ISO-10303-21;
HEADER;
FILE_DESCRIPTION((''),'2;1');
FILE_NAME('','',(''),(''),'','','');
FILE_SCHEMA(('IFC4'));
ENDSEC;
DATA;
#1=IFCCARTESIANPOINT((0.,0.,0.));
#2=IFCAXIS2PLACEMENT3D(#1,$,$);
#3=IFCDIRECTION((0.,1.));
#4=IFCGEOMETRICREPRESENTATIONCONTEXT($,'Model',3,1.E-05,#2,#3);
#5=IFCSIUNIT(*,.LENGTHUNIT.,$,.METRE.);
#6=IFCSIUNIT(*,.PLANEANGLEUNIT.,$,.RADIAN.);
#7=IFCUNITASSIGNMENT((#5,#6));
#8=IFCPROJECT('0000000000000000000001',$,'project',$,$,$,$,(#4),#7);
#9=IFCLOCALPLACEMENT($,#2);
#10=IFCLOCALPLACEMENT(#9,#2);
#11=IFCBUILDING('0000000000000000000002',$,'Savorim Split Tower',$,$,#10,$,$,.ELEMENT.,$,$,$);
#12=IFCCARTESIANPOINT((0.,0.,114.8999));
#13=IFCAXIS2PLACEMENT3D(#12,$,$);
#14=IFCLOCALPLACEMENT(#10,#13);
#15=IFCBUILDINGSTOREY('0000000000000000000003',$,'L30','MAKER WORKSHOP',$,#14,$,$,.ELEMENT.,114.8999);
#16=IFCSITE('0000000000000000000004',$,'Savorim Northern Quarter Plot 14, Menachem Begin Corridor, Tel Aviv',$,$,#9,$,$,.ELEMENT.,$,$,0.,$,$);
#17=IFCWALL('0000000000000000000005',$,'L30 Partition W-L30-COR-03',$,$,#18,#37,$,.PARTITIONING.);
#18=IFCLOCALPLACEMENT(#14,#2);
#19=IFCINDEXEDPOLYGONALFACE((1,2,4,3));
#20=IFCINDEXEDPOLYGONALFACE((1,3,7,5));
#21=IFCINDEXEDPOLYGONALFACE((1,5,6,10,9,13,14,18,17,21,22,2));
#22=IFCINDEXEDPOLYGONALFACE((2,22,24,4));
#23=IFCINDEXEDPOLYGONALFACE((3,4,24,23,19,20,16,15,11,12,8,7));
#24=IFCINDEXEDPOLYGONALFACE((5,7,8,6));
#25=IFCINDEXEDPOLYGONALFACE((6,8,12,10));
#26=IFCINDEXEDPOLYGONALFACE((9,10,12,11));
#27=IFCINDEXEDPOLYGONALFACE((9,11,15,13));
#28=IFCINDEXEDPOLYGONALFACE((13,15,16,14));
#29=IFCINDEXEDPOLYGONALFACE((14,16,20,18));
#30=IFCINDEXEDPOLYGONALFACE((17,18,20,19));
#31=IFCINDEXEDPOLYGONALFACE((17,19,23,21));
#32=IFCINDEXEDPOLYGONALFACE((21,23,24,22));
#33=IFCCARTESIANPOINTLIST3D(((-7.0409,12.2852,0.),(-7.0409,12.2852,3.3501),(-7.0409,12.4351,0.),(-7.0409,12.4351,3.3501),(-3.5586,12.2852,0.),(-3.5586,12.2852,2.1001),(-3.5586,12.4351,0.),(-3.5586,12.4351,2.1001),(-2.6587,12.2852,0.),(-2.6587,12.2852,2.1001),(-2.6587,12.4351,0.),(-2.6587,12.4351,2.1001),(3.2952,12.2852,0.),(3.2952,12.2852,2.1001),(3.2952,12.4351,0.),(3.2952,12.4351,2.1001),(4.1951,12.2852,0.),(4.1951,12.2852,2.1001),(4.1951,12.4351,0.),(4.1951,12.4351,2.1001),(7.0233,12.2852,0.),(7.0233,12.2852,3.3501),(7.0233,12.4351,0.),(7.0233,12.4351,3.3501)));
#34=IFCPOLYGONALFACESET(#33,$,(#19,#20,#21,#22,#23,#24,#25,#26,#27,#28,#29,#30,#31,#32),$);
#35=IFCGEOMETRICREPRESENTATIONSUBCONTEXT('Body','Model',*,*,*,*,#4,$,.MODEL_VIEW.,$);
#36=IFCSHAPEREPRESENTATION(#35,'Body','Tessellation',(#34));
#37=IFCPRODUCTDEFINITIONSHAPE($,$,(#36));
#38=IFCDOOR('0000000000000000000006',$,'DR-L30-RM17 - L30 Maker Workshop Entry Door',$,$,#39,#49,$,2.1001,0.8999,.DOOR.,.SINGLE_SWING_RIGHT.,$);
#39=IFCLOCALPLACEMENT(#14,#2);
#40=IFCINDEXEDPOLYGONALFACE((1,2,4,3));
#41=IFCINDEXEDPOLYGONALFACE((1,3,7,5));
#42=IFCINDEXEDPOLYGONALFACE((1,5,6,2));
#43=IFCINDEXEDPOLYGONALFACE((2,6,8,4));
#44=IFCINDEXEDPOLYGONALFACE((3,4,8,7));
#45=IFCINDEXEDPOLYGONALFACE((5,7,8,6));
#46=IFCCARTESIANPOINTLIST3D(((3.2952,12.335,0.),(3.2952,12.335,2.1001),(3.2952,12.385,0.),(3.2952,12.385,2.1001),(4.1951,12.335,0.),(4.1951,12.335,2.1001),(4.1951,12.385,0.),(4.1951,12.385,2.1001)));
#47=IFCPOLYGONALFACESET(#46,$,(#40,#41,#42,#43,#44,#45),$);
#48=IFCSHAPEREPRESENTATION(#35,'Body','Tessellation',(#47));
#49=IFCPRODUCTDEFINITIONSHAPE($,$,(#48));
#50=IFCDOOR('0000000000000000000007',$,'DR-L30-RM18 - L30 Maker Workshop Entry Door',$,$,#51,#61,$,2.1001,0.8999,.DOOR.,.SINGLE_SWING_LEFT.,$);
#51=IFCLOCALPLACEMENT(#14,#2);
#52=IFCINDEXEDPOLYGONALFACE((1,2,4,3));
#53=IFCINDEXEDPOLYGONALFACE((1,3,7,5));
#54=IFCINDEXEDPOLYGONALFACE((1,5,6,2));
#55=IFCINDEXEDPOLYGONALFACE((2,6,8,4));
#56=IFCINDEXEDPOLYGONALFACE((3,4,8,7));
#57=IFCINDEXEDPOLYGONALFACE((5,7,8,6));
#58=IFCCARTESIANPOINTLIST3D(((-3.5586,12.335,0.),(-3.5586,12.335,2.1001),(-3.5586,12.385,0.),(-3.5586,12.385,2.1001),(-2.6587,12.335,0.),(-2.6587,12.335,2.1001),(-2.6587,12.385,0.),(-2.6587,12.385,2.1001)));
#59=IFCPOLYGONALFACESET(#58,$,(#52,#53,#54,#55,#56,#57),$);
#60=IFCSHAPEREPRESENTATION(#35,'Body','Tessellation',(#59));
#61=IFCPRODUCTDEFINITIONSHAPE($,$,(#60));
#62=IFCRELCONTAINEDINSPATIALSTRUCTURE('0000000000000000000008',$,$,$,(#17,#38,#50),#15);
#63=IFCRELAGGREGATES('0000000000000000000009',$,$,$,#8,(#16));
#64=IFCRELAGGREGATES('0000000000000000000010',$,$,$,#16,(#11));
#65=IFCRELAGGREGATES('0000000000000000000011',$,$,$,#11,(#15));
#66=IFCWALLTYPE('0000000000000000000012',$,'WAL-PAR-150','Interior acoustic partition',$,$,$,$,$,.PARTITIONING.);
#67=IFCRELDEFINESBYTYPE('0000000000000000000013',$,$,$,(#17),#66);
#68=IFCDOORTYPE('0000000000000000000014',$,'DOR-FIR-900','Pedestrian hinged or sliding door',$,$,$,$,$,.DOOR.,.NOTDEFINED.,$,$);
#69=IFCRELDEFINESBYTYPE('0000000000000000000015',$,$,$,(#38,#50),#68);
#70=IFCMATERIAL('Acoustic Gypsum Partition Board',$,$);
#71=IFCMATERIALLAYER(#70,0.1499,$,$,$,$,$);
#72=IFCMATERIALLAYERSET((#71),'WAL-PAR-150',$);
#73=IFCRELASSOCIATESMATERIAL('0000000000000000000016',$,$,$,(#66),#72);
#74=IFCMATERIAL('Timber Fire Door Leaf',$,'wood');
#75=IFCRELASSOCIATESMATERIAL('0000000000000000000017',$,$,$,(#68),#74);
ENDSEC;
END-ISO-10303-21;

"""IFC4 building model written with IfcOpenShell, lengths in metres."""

from ifc_helpers import new_model, si_unit, direction, frame, frame_2d, origin, place, context, subcontext, project, spatial, rectangle, extrude, material, layer, layer_set, type_object, element, fill, save


model = new_model("IFC4")

# Units and contexts
model_context = context("Model", 3, precision=1e-05, world=origin(), true_north=direction((0.0, 1.0)))
body_context = subcontext(model_context, "Body", "Model", "MODEL_VIEW")
ifc_project = project(units=[si_unit("LENGTHUNIT", "METRE"), si_unit("PLANEANGLEUNIT", "RADIAN")], contexts=[model_context])

# Site, building, storey
site_placement = place(None, origin())
site = spatial("IfcSite", under=ifc_project, at=site_placement, Name="Savorim Northern Quarter Plot 14, Menachem Begin Corridor, Tel Aviv", CompositionType="ELEMENT", RefElevation=0.0)
building_placement = place(site_placement, origin())
building = spatial("IfcBuilding", under=site, at=building_placement, Name="Savorim Split Tower", CompositionType="ELEMENT")
storey_placement = place(building_placement, frame((0.0, 0.0, 114.8999)))
storey = spatial("IfcBuildingStorey", under=building, at=storey_placement, Name="L30", Description="MAKER WORKSHOP", CompositionType="ELEMENT", Elevation=114.8999)

# Shared definitions
ifc_material_1 = material(Name="Acoustic Gypsum Partition Board")
ifc_layer_1 = layer(ifc_material_1, 0.1499)
ifc_layer_set_1 = layer_set([ifc_layer_1], Name="WAL-PAR-150")
wall_type_1 = type_object("IfcWallType", Name="WAL-PAR-150", Description="Interior acoustic partition", PredefinedType="PARTITIONING", material=ifc_layer_set_1)

# Wall, openings, doors
wall_1_placement = place(storey_placement, frame((-7.041, 12.3601, 0.0), z_axis=(0.0, 0.0, 1.0), x_axis=(1.0, 0.0, 0.0)))
wall_1 = element("IfcWall", 1, at=wall_1_placement, inside=storey, type_object=wall_type_1, Name="L30 Partition W-L30-COR-03", PredefinedType="PARTITIONING", context=body_context, shape_type="SweptSolid", body=[
    extrude(rectangle(XDim=14.0642, YDim=0.1499, at=frame_2d((7.0322, 0.0))), origin(), (0.0, 0.0, 1.0), 3.3501),
])
opening_1_placement = place(wall_1_placement, frame((10.3362, 0.0, 0.0)))
opening_1 = element("IfcOpeningElement", 2, at=opening_1_placement, cuts=wall_1, PredefinedType="OPENING", context=body_context, shape_type="SweptSolid", body=[
    extrude(rectangle(XDim=0.8999, YDim=2.1001, at=frame_2d((0.45, 1.05))), frame((0.0, 0.085, 0.0), z_axis=(0.0, -1.0, 0.0), x_axis=(1.0, 0.0, 0.0)), (0.0, 0.0, 1.0), 0.1699),
])
opening_2_placement = place(wall_1_placement, frame((3.4824, 0.0, 0.0)))
opening_2 = element("IfcOpeningElement", 3, at=opening_2_placement, cuts=wall_1, PredefinedType="OPENING", context=body_context, shape_type="SweptSolid", body=[
    extrude(rectangle(XDim=0.8999, YDim=2.1001, at=frame_2d((0.45, 1.05))), frame((0.0, 0.085, 0.0), z_axis=(0.0, -1.0, 0.0), x_axis=(1.0, 0.0, 0.0)), (0.0, 0.0, 1.0), 0.1699),
])
ifc_material_2 = material(Name="Timber Fire Door Leaf", Category="wood")
door_type_1 = type_object("IfcDoorType", Name="DOR-FIR-900", Description="Pedestrian hinged or sliding door", OperationType="NOTDEFINED", PredefinedType="DOOR", material=ifc_material_2)
door_1_placement = place(opening_1_placement, origin())
door_1 = element("IfcDoor", 4, at=door_1_placement, inside=storey, type_object=door_type_1, Name="DR-L30-RM17 - L30 Maker Workshop Entry Door", OperationType="SINGLE_SWING_RIGHT", OverallHeight=2.1001, OverallWidth=0.8999, PredefinedType="DOOR", context=body_context, shape_type="SweptSolid", body=[
    extrude(rectangle(XDim=0.8999, YDim=2.1001, at=frame_2d((0.45, 1.05))), frame((0.0, 0.0249, 0.0), z_axis=(0.0, -1.0, 0.0), x_axis=(1.0, 0.0, 0.0)), (0.0, 0.0, 1.0), 0.05),
])
fill(opening_1, door_1)
door_2_placement = place(opening_2_placement, origin())
door_2 = element("IfcDoor", 5, at=door_2_placement, inside=storey, type_object=door_type_1, Name="DR-L30-RM18 - L30 Maker Workshop Entry Door", OperationType="SINGLE_SWING_LEFT", OverallHeight=2.1001, OverallWidth=0.8999, PredefinedType="DOOR", context=body_context, shape_type="SweptSolid", body=[
    extrude(rectangle(XDim=0.8999, YDim=2.1001, at=frame_2d((0.45, 1.05))), frame((0.0, 0.0249, 0.0), z_axis=(0.0, -1.0, 0.0), x_axis=(1.0, 0.0, 0.0)), (0.0, 0.0, 1.0), 0.05),
])
fill(opening_2, door_2)

save(model, "model.ifc")
